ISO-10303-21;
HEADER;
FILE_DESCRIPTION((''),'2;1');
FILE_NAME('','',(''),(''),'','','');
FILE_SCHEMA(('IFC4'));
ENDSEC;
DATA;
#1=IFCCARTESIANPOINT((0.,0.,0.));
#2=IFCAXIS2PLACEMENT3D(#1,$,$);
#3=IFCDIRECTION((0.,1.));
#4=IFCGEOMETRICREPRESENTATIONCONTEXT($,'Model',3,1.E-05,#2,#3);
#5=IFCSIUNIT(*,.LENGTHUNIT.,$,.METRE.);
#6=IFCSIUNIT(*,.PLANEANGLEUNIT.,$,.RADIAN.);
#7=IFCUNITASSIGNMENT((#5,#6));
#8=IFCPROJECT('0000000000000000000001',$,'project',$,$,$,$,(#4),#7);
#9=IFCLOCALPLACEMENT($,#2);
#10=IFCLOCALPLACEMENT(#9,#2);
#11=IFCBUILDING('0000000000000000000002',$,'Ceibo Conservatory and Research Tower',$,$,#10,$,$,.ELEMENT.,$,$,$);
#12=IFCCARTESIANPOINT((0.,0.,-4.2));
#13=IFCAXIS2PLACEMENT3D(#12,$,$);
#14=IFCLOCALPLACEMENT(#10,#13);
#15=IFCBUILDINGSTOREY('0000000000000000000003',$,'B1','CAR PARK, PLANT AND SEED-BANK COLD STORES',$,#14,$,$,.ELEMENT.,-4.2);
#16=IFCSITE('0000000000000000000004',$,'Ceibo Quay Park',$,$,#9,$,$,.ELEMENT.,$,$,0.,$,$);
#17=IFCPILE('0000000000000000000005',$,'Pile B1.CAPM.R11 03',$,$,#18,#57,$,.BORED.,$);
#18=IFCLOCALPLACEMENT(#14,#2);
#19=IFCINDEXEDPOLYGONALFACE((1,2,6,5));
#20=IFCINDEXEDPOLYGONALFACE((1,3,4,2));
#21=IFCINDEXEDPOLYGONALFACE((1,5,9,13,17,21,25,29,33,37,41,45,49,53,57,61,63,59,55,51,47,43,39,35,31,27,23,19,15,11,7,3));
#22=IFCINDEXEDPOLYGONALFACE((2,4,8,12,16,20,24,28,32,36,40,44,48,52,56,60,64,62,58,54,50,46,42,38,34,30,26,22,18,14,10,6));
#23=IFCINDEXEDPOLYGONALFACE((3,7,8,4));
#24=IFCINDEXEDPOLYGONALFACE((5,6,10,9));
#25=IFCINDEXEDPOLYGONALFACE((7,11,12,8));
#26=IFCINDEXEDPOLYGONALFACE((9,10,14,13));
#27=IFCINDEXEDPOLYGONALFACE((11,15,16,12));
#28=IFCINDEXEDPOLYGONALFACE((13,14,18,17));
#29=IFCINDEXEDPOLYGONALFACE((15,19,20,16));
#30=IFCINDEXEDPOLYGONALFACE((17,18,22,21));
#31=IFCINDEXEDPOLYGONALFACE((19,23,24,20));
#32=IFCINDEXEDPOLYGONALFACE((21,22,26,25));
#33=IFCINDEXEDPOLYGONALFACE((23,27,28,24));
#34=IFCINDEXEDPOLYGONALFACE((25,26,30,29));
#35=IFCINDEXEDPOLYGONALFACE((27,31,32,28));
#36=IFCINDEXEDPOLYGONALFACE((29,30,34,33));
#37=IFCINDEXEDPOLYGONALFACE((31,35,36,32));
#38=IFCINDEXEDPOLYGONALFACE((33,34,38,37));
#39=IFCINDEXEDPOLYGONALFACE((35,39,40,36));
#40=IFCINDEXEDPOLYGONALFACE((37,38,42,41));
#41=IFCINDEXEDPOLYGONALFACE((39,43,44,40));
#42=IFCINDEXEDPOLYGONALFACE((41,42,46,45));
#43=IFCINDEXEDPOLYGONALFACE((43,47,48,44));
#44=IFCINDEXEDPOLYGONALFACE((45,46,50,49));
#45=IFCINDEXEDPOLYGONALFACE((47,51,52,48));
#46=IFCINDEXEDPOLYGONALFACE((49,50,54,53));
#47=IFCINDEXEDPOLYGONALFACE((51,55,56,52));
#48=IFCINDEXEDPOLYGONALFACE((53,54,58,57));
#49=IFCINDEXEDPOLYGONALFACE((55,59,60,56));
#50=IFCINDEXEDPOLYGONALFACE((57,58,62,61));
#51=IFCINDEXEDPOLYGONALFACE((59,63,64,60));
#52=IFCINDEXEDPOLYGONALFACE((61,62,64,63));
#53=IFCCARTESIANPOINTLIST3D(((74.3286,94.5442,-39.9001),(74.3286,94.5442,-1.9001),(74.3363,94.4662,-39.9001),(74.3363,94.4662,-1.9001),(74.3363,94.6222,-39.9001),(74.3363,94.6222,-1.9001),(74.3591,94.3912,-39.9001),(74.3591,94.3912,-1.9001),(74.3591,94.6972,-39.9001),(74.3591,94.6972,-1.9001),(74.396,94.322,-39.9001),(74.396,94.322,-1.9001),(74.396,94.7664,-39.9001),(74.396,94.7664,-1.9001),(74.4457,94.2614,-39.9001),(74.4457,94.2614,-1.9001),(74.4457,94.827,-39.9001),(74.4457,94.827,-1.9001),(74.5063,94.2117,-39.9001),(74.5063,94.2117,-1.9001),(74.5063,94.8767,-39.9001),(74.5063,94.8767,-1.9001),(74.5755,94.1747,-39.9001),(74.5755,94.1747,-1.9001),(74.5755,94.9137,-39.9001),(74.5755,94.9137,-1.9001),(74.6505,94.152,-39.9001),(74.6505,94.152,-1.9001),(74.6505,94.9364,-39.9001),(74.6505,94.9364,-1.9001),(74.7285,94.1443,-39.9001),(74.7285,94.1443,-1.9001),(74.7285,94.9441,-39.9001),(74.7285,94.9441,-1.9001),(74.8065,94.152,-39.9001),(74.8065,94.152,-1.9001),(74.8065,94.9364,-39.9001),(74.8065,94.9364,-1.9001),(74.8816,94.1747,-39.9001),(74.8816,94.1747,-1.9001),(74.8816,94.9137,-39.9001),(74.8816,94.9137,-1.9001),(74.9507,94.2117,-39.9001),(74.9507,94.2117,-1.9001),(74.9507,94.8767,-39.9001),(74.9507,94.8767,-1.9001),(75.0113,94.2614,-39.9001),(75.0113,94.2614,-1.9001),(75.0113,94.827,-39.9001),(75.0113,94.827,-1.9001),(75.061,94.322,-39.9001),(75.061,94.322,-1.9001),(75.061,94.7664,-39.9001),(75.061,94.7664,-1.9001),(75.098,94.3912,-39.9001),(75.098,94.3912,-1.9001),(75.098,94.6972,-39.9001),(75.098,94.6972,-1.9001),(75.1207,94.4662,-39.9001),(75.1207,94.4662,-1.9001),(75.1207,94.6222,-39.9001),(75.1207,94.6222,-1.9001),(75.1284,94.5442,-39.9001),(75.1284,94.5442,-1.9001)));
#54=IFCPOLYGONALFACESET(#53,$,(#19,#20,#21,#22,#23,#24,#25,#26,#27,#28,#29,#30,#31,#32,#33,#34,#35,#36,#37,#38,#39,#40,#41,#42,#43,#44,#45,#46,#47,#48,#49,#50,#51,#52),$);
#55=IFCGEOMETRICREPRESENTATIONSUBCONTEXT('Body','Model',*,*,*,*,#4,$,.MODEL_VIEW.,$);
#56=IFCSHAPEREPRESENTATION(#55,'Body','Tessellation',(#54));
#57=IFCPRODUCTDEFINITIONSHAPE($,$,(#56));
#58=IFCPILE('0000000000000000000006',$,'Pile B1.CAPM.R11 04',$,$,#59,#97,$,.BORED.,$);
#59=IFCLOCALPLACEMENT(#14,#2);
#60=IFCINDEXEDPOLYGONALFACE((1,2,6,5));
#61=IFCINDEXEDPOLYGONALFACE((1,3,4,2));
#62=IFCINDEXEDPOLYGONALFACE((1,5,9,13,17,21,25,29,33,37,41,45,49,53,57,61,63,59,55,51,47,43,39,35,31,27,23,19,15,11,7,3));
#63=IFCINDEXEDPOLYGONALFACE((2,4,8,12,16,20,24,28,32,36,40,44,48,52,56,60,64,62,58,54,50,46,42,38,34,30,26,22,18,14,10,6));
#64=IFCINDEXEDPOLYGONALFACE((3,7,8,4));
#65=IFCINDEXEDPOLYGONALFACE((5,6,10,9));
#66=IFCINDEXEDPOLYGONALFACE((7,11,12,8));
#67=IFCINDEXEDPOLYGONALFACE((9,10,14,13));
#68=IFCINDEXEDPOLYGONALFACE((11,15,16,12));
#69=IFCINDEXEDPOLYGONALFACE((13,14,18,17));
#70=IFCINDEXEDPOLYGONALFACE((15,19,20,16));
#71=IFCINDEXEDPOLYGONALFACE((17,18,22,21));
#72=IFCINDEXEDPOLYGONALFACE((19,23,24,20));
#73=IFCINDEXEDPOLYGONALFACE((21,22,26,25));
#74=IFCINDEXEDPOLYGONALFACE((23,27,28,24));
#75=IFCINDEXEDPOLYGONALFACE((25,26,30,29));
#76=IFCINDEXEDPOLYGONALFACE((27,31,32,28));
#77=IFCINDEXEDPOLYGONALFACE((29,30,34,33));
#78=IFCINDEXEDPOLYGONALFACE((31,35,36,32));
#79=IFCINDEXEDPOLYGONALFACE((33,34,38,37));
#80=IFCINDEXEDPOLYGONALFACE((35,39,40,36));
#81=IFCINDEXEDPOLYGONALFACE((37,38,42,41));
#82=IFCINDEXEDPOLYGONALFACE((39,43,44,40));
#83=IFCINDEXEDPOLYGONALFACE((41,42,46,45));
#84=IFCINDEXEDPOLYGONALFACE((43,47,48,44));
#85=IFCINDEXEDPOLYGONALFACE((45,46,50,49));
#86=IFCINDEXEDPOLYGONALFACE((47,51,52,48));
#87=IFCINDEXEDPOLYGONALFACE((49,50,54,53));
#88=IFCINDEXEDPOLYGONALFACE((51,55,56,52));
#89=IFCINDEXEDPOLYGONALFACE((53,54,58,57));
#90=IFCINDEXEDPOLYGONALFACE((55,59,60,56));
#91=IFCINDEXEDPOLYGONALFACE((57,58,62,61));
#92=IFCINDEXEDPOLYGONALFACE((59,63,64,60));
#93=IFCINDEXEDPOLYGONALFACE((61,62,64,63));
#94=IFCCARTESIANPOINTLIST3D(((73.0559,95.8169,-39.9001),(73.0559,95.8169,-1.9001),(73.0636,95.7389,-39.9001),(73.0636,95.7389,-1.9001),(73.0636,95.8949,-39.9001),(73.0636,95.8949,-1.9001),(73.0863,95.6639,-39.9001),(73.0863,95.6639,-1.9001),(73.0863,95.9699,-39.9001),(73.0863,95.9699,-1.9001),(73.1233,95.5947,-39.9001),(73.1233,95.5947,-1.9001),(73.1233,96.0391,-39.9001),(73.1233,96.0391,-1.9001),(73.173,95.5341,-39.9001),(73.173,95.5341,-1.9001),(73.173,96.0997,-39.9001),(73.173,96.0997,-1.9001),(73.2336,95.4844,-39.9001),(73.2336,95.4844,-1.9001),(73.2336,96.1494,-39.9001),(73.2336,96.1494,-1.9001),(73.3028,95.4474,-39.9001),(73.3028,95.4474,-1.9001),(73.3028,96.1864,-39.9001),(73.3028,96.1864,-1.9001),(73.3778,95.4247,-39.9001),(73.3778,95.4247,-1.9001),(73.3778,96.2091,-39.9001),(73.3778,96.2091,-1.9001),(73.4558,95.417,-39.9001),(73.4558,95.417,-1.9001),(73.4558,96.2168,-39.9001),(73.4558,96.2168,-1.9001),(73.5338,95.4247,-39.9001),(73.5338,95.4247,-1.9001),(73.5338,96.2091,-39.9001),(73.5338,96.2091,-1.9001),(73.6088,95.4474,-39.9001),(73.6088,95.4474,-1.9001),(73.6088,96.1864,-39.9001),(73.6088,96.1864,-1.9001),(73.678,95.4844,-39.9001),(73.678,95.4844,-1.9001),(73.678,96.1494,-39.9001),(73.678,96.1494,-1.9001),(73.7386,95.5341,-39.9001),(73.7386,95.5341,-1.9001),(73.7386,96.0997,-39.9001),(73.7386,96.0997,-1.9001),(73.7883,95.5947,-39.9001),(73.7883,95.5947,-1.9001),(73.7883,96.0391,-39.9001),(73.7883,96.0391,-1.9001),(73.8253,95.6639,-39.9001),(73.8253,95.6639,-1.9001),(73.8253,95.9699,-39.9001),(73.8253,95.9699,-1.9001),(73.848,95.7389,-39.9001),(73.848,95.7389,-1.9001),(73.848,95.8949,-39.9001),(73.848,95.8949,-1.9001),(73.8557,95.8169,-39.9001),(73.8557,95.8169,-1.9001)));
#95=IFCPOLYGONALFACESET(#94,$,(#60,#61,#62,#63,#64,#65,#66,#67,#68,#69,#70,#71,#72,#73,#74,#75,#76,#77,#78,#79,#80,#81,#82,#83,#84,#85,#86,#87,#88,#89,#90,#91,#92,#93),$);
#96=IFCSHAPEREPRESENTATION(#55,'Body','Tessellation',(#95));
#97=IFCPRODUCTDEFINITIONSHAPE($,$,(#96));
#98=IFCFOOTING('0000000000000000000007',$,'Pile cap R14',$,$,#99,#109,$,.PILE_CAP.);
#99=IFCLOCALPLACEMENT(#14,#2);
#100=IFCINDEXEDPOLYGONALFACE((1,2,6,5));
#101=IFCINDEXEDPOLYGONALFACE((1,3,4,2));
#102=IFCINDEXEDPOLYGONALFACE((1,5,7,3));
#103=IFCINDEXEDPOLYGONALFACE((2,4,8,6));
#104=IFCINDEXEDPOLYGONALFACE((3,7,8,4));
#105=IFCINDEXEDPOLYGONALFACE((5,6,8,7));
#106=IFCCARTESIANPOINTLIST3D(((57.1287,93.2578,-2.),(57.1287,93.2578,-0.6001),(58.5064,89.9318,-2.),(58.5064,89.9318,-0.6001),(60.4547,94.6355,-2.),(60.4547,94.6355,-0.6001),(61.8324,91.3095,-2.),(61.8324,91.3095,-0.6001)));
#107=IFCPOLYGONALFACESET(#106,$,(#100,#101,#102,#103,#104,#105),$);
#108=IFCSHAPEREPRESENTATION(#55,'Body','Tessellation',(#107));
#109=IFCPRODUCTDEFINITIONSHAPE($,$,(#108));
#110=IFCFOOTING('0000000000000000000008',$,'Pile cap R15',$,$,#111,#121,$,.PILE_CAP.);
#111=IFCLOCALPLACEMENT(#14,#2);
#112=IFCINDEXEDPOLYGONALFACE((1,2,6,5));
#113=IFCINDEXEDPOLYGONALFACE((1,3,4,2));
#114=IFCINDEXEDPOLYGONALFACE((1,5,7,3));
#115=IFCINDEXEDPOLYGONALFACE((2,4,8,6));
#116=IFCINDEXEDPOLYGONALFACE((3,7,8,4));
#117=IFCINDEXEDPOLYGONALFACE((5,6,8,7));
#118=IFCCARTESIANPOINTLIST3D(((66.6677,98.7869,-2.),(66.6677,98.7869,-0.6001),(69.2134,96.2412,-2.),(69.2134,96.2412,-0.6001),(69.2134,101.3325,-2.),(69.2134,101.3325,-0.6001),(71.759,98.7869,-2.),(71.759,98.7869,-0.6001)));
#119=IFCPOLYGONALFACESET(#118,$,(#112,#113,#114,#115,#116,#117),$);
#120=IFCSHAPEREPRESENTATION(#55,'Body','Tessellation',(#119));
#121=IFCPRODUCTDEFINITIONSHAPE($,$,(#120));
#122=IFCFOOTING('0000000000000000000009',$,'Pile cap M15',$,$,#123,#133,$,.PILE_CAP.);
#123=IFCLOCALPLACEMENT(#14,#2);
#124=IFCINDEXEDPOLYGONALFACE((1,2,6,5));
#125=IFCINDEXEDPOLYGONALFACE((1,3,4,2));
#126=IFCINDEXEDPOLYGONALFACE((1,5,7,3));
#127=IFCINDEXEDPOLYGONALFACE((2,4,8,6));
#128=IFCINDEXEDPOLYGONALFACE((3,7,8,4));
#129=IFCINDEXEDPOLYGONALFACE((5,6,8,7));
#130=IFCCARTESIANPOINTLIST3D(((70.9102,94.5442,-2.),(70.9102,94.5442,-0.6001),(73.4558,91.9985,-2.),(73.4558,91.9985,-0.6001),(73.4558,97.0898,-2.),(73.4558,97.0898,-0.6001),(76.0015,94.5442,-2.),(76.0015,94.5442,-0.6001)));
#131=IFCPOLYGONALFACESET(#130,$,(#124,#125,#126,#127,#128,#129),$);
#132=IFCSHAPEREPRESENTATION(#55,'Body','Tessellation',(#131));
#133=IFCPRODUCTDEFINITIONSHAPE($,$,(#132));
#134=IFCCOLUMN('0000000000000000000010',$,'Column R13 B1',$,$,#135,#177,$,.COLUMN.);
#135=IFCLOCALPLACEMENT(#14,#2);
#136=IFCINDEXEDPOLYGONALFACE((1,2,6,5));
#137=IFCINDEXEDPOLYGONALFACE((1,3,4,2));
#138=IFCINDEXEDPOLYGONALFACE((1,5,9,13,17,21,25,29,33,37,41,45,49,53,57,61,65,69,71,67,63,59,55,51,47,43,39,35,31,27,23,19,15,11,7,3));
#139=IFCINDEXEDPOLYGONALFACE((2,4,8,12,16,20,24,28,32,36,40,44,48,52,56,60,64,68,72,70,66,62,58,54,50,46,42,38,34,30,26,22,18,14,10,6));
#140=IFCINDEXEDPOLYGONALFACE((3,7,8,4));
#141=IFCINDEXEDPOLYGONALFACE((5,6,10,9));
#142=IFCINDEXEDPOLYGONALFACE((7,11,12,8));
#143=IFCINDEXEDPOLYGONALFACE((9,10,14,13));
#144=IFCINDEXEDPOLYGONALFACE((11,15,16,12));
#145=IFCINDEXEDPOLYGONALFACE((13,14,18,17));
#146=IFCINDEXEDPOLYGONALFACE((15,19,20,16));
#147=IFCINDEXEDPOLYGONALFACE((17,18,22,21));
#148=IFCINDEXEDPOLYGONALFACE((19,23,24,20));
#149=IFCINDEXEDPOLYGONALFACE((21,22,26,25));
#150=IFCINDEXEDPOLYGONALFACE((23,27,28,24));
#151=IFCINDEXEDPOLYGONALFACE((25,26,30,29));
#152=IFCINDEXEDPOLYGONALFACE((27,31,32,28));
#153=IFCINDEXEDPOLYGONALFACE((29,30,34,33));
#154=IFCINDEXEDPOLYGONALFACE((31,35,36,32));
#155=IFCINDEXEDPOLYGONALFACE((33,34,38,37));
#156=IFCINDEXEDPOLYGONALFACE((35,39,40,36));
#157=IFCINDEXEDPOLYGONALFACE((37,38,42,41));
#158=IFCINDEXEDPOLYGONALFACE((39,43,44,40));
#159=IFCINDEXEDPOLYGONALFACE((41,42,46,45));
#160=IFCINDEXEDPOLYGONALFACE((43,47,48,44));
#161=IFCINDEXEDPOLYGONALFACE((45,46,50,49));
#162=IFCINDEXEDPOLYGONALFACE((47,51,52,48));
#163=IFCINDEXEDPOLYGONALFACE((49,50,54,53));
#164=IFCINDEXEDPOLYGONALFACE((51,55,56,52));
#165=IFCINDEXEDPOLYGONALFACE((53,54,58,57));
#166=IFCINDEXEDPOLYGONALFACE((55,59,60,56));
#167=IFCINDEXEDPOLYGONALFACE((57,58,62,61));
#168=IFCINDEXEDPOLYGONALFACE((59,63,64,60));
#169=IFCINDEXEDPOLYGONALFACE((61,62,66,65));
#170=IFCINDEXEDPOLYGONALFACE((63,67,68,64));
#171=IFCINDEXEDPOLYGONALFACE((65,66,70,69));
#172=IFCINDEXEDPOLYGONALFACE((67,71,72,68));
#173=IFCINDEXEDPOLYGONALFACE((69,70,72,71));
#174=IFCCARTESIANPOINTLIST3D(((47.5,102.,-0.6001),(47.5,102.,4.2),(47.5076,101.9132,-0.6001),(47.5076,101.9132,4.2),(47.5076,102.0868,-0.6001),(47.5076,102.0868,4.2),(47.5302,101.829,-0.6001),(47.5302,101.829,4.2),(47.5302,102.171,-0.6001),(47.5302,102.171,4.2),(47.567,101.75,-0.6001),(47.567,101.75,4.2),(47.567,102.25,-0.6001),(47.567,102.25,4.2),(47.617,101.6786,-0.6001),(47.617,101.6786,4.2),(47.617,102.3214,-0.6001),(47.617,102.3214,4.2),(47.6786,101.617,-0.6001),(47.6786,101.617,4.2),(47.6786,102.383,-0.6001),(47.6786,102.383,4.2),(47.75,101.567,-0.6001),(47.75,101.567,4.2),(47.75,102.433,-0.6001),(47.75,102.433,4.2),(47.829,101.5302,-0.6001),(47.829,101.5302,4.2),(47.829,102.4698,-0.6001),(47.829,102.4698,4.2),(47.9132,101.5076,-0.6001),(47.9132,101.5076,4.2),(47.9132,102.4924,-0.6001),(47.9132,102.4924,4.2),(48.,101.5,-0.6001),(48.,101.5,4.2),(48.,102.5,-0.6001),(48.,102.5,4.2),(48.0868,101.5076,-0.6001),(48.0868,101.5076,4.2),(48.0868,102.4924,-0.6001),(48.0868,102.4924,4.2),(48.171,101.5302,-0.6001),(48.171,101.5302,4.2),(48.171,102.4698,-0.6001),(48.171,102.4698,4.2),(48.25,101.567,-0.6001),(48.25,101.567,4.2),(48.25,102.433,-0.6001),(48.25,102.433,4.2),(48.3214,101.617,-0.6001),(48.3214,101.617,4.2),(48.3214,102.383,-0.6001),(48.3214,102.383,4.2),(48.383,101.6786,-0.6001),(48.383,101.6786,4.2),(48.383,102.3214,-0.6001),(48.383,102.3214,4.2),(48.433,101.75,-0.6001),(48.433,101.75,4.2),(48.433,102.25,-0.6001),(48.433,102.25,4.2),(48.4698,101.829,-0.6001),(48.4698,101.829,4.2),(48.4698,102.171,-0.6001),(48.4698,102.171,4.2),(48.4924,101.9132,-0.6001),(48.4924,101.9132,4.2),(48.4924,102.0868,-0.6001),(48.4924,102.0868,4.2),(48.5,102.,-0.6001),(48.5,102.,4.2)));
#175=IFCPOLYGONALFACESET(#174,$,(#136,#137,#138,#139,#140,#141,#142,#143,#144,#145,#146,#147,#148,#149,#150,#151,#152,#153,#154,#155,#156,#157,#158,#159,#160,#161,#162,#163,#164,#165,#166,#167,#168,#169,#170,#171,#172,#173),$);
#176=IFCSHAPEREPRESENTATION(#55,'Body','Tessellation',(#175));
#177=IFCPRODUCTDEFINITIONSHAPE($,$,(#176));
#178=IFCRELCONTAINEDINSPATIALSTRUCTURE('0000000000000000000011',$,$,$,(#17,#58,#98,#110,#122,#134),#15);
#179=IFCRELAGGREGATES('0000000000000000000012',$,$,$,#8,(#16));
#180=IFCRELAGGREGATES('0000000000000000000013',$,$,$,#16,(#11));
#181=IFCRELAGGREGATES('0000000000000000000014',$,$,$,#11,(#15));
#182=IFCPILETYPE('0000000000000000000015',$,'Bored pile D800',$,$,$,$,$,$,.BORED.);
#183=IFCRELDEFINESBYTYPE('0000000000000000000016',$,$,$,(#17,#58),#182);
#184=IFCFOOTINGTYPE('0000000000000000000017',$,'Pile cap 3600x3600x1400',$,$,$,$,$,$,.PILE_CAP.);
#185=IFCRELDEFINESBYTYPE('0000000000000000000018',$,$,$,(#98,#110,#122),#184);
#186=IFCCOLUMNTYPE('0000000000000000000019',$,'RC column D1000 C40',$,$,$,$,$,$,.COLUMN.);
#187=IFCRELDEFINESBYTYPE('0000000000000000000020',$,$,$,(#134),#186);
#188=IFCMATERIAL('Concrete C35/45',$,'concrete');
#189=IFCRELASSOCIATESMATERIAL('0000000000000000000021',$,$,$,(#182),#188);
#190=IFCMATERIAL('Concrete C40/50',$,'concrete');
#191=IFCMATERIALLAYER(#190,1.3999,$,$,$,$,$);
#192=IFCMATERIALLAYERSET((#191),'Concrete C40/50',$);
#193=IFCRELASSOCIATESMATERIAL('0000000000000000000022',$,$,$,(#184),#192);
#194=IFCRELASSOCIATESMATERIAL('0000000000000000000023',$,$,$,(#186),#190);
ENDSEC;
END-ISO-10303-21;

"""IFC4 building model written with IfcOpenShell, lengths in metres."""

from ifc_helpers import new_model, si_unit, direction, frame, origin, origin_2d, place, context, subcontext, project, spatial, polyline, circle, outline, extrude, material, layer, layer_set, material_profile, profile_set, type_object, element, save


model = new_model("IFC4")

# Units and contexts
model_context = context("Model", 3, precision=1e-05, world=origin(), true_north=direction((0.0, 1.0)))
body_context = subcontext(model_context, "Body", "Model", "MODEL_VIEW")
ifc_project = project(units=[si_unit("LENGTHUNIT", "METRE"), si_unit("PLANEANGLEUNIT", "RADIAN")], contexts=[model_context])

# Site, building, storey
site_placement = place(None, origin())
site = spatial("IfcSite", under=ifc_project, at=site_placement, Name="Ceibo Quay Park", CompositionType="ELEMENT", RefElevation=0.0)
building_placement = place(site_placement, origin())
building = spatial("IfcBuilding", under=site, at=building_placement, Name="Ceibo Conservatory and Research Tower", CompositionType="ELEMENT")
storey_placement = place(building_placement, frame((0.0, 0.0, -4.2)))
storey = spatial("IfcBuildingStorey", under=building, at=storey_placement, Name="B1", Description="CAR PARK, PLANT AND SEED-BANK COLD STORES", CompositionType="ELEMENT", Elevation=-4.2)

# Piles
ifc_material_1 = material(Name="Concrete C35/45", Category="concrete")
ifc_material_profile_1 = material_profile(ifc_material_1, circle(Radius=0.3999, at=origin_2d()), Name="RC D800")
ifc_profile_set_1 = profile_set([ifc_material_profile_1], Name="Concrete C35/45")
pile_type_1 = type_object("IfcPileType", Name="Bored pile D800", PredefinedType="BORED", material=ifc_profile_set_1)
for number, where, z_axis, x_axis, name in (
    (1, (74.7285, 94.5442, -1.9001), (0.0, 0.0, -1.0), (1.0, 0.0, 0.0), "Pile B1.CAPM.R11 03"),
    (2, (73.4558, 95.8169, -1.9001), (0.0, 0.0, -1.0), (1.0, 0.0, 0.0), "Pile B1.CAPM.R11 04"),
):
    element("IfcPile", number, at=place(storey_placement, frame(where, z_axis=z_axis, x_axis=x_axis)), inside=storey, type_object=pile_type_1, Name=name, PredefinedType="BORED", context=body_context, shape_type="SweptSolid", body=[
        extrude(circle(Radius=0.3999, at=origin_2d()), origin(), (0.0, 0.0, 1.0), 38.0),
    ])

# Footings
ifc_material_2 = material(Name="Concrete C40/50", Category="concrete")
ifc_layer_1 = layer(ifc_material_2, 1.3999)
ifc_layer_set_1 = layer_set([ifc_layer_1], Name="Concrete C40/50")
footing_type = type_object("IfcFootingType", Name="Pile cap 3600x3600x1400", PredefinedType="PILE_CAP", material=ifc_layer_set_1)
for number, where, z_axis, x_axis, name in (
    (3, (57.1287, 93.2578, -2.0), (0.0, 0.0, 1.0), (0.382683, -0.92388, 0.0), "Pile cap R14"),
    (4, (66.6677, 98.7869, -2.0), (0.0, 0.0, 1.0), (0.707107, -0.707107, 0.0), "Pile cap R15"),
    (5, (70.9102, 94.5442, -2.0), (0.0, 0.0, 1.0), (0.707107, -0.707107, 0.0), "Pile cap M15"),
):
    element("IfcFooting", number, at=place(storey_placement, frame(where, z_axis=z_axis, x_axis=x_axis)), inside=storey, type_object=footing_type, Name=name, PredefinedType="PILE_CAP", context=body_context, shape_type="SweptSolid", body=[
        extrude(outline(polyline([(0.0, 0.0), (3.6001, 0.0), (3.6001, 3.6001), (0.0, 3.6001), (0.0, 0.0)])), origin(), (0.0, 0.0, 1.0), 1.3999),
    ])

# Column
ifc_material_profile_2 = material_profile(ifc_material_2, circle(Radius=0.5, at=origin_2d()), Name="RC D1000")
ifc_profile_set_2 = profile_set([ifc_material_profile_2], Name="Concrete C40/50")
column_type_1 = type_object("IfcColumnType", Name="RC column D1000 C40", PredefinedType="COLUMN", material=ifc_profile_set_2)
column_placement = place(storey_placement, frame((48.0, 102.0, -0.6001), z_axis=(0.0, 0.0, 1.0), x_axis=(1.0, 0.0, 0.0)))
element("IfcColumn", 6, at=column_placement, inside=storey, type_object=column_type_1, Name="Column R13 B1", PredefinedType="COLUMN", context=body_context, shape_type="SweptSolid", body=[
    extrude(circle(Radius=0.5, at=origin_2d()), origin(), (0.0, 0.0, 1.0), 4.8),
])

save(model, "model.ifc")
